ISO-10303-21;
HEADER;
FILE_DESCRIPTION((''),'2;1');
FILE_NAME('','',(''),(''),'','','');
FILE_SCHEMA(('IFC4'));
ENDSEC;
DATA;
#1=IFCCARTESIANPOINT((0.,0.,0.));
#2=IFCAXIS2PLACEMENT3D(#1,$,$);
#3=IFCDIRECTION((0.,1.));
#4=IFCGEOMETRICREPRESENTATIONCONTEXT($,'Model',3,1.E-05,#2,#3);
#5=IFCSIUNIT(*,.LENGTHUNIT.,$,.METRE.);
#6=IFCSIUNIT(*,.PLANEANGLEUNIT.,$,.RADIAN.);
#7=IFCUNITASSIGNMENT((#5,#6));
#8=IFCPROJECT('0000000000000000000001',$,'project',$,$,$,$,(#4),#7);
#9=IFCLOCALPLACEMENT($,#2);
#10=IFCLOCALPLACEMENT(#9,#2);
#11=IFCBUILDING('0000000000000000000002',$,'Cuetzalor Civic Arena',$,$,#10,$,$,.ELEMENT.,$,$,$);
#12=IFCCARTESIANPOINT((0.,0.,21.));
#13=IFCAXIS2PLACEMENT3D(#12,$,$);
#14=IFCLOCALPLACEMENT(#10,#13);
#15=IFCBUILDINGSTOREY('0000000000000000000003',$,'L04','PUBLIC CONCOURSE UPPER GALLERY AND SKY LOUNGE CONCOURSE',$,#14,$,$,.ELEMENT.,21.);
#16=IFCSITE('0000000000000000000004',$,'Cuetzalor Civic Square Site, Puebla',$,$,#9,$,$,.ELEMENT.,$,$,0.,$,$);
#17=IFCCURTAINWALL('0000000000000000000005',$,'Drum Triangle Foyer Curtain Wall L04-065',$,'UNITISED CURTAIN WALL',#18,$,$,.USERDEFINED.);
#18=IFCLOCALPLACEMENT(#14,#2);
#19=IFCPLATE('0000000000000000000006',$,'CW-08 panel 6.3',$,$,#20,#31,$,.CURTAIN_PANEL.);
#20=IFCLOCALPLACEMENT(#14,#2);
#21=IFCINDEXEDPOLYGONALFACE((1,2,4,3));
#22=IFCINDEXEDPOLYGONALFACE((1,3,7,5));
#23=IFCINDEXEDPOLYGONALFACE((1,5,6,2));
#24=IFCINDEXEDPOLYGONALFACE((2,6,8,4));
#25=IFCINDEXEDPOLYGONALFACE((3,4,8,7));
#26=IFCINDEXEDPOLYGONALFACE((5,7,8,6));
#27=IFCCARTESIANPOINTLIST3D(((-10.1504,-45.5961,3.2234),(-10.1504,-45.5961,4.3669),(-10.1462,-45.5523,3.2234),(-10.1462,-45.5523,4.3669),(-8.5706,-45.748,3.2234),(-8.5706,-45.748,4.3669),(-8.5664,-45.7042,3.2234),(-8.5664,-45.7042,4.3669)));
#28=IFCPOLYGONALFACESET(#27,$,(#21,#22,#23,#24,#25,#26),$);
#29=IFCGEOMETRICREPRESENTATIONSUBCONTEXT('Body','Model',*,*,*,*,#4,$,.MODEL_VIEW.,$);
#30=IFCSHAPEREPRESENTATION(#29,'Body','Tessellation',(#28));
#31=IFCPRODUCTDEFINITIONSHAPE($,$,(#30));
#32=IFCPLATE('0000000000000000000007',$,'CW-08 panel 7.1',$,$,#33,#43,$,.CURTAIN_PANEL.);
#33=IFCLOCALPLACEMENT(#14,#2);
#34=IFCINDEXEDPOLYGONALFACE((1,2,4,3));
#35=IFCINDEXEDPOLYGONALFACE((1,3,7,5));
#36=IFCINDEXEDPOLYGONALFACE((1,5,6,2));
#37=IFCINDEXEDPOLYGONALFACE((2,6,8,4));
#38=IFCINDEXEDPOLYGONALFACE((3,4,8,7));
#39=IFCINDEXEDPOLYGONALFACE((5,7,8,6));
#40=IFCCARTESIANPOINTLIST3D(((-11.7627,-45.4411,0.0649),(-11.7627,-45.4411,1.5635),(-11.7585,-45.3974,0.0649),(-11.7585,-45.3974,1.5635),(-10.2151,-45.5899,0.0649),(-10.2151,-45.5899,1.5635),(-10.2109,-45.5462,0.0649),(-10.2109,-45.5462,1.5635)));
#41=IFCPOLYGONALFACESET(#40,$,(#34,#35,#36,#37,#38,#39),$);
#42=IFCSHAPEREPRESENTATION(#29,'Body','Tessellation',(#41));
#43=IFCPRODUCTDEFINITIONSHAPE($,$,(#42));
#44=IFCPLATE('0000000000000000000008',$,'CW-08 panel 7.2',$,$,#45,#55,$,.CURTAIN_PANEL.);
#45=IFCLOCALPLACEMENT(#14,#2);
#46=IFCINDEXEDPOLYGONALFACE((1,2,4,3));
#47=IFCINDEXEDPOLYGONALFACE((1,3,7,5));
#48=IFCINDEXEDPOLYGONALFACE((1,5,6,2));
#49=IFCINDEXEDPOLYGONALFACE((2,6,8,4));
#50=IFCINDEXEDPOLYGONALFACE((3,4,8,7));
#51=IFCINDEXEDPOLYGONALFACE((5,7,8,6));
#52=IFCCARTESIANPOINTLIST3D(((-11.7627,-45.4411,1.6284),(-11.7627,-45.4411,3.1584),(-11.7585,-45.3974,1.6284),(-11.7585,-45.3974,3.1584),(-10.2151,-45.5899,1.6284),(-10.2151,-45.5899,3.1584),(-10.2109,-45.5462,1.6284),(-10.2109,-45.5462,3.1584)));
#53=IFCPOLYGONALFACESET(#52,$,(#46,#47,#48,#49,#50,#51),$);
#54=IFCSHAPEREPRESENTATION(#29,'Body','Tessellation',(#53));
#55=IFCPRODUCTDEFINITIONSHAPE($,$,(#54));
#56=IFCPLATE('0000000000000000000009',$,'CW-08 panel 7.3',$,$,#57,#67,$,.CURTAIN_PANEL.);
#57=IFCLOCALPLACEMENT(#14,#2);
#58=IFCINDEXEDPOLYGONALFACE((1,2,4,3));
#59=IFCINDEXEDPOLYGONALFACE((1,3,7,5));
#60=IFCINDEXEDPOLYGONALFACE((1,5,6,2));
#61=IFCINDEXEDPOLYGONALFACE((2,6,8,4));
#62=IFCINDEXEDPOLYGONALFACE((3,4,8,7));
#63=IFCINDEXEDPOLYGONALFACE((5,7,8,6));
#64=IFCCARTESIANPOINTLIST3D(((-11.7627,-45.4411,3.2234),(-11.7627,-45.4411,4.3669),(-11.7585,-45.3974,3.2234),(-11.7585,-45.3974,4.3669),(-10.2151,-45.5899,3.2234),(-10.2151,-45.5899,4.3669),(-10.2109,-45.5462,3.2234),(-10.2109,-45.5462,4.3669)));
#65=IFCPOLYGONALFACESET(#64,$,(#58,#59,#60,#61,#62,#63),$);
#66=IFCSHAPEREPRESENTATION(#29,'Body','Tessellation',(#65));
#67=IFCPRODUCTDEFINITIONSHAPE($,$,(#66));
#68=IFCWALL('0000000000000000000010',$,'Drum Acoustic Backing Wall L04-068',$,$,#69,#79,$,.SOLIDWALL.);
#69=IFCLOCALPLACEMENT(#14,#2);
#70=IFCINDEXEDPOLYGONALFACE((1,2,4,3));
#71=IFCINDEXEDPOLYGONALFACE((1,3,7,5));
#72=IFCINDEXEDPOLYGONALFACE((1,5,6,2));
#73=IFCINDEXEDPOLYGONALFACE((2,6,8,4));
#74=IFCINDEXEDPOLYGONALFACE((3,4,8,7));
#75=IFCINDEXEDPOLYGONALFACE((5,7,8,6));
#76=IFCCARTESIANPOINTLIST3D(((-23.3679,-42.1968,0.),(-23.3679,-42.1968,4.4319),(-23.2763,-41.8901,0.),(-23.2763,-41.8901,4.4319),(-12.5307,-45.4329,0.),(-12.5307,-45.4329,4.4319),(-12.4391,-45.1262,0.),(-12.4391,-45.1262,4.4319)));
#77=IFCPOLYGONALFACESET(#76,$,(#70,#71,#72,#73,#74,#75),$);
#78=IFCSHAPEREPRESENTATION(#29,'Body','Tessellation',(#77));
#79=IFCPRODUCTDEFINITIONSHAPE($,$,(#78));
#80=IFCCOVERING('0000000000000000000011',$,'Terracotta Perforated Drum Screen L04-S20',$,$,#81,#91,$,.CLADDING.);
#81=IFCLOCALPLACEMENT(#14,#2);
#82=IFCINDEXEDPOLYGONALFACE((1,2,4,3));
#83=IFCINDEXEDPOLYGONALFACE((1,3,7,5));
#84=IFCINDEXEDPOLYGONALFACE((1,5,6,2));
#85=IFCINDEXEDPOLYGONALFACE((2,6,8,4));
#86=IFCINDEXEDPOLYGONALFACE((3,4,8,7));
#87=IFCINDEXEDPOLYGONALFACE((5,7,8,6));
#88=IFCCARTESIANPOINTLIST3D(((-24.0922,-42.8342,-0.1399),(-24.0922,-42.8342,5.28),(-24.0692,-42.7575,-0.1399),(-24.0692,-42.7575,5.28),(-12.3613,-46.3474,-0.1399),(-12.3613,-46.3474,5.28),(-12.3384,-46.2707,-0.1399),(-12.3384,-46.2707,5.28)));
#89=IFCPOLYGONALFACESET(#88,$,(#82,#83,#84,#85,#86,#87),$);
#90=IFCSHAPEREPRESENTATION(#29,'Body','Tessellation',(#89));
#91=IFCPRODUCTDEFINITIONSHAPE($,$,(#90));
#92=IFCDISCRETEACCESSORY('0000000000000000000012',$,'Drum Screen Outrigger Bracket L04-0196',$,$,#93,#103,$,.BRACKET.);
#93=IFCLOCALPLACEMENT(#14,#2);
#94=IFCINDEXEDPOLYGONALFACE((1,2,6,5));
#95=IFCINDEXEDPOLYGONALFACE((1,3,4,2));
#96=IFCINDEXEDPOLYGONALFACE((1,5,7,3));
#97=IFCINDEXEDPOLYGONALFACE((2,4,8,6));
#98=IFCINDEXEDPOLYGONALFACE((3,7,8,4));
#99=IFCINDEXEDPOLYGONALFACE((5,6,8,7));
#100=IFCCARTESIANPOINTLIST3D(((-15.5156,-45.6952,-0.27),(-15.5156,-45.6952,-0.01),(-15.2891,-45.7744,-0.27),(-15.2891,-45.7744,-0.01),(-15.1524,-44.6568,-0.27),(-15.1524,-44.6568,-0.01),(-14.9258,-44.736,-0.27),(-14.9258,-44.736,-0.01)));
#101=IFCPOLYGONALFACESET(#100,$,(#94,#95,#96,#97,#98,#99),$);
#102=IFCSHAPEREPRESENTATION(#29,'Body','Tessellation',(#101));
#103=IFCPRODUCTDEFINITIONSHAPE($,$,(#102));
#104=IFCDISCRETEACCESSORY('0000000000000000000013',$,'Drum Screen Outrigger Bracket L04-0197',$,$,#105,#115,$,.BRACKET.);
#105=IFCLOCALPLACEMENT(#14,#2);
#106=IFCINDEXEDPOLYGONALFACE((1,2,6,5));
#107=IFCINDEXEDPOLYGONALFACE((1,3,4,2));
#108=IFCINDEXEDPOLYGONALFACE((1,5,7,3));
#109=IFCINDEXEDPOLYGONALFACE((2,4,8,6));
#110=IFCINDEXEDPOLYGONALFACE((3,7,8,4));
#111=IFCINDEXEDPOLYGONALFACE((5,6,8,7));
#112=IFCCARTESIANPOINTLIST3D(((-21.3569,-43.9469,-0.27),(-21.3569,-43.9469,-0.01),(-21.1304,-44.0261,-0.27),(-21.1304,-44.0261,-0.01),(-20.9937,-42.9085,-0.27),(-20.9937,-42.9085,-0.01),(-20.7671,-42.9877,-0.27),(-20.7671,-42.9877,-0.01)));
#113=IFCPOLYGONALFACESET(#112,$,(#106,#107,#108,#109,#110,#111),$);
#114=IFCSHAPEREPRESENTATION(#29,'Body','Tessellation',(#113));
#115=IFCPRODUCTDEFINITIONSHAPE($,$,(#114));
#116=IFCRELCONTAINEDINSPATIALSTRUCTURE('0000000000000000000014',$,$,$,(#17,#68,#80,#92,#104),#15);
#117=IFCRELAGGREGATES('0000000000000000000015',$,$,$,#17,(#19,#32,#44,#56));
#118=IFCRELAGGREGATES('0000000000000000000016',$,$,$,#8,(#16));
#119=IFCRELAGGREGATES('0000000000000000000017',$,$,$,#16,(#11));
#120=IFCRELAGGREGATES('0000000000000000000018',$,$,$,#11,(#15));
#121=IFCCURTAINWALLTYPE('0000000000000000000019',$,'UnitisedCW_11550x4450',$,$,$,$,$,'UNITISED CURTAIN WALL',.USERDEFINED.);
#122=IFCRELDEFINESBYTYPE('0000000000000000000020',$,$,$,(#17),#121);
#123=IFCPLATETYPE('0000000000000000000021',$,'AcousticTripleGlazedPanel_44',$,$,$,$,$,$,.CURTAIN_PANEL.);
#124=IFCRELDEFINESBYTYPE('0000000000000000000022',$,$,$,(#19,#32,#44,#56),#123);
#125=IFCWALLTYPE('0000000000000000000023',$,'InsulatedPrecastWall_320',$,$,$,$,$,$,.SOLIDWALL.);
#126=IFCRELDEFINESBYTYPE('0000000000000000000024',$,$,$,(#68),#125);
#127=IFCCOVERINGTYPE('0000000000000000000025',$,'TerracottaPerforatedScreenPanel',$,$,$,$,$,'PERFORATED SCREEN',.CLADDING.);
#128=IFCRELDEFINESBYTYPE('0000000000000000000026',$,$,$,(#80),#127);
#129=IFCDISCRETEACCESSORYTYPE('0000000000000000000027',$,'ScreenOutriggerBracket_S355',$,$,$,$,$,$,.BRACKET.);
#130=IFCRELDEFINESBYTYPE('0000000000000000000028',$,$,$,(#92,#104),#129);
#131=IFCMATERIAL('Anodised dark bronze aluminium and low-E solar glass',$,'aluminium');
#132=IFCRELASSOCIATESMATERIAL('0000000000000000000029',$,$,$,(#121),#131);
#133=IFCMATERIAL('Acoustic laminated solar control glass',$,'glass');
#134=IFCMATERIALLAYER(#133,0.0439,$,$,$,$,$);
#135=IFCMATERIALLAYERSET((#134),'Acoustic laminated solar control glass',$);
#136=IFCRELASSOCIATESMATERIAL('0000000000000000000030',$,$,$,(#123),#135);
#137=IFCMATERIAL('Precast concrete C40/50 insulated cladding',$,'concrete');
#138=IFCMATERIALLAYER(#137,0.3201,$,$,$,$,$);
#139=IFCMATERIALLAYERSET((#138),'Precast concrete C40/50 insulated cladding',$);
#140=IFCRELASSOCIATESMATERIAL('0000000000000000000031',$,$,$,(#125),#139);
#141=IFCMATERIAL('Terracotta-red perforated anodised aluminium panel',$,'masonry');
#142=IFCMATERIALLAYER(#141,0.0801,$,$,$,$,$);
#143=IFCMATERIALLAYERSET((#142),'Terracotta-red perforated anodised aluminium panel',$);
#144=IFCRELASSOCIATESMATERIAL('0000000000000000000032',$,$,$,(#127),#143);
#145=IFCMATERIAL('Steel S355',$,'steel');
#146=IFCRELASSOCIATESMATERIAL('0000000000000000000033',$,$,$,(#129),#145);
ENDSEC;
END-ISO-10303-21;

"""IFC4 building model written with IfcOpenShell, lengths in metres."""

from ifc_helpers import new_model, si_unit, direction, frame, frame_2d, origin, origin_2d, place, context, subcontext, project, spatial, rectangle, extrude, material, layer, layer_set, type_object, element, aggregate, save


model = new_model("IFC4")

# Units and contexts
model_context = context("Model", 3, precision=1e-05, world=origin(), true_north=direction((0.0, 1.0)))
body_context = subcontext(model_context, "Body", "Model", "MODEL_VIEW")
ifc_project = project(units=[si_unit("LENGTHUNIT", "METRE"), si_unit("PLANEANGLEUNIT", "RADIAN")], contexts=[model_context])

# Site, building, storey
site_placement = place(None, origin())
site = spatial("IfcSite", under=ifc_project, at=site_placement, Name="Cuetzalor Civic Square Site, Puebla", CompositionType="ELEMENT", RefElevation=0.0)
building_placement = place(site_placement, origin())
building = spatial("IfcBuilding", under=site, at=building_placement, Name="Cuetzalor Civic Arena", CompositionType="ELEMENT")
storey_placement = place(building_placement, frame((0.0, 0.0, 21.0)))
storey = spatial("IfcBuildingStorey", under=building, at=storey_placement, Name="L04", Description="PUBLIC CONCOURSE UPPER GALLERY AND SKY LOUNGE CONCOURSE", CompositionType="ELEMENT", Elevation=21.0)

# Curtain wall
ifc_material_1 = material(Name="Anodised dark bronze aluminium and low-E solar glass", Category="aluminium")
curtain_wall_type = type_object("IfcCurtainWallType", Name="UnitisedCW_11550x4450", ElementType="UNITISED CURTAIN WALL", PredefinedType="USERDEFINED", material=ifc_material_1)
curtain_wall_placement = place(storey_placement, origin())
curtain_wall = element("IfcCurtainWall", 1, at=curtain_wall_placement, inside=storey, type_object=curtain_wall_type, Name="Drum Triangle Foyer Curtain Wall L04-065", ObjectType="UNITISED CURTAIN WALL", PredefinedType="USERDEFINED")

# Plates
ifc_material_2 = material(Name="Acoustic laminated solar control glass", Category="glass")
ifc_layer_1 = layer(ifc_material_2, 0.0439)
ifc_layer_set_1 = layer_set([ifc_layer_1], Name="Acoustic laminated solar control glass")
plate_type = type_object("IfcPlateType", Name="AcousticTripleGlazedPanel_44", PredefinedType="CURTAIN_PANEL", material=ifc_layer_set_1)
plate_1_placement = place(storey_placement, frame((-9.3584, -45.6501, 3.2234), z_axis=(0.0, 0.0, 1.0), x_axis=(-0.995409, 0.095711, 0.0)))
plate_1 = element("IfcPlate", 2, at=plate_1_placement, type_object=plate_type, Name="CW-08 panel 6.3", PredefinedType="CURTAIN_PANEL", context=body_context, shape_type="SweptSolid", body=[
    extrude(rectangle(XDim=1.5872, YDim=0.0439, at=origin_2d()), origin(), (0.0, 0.0, 1.0), 1.1436),
])
plate_2_placement = place(storey_placement, frame((-10.9868, -45.4937, 0.0649), z_axis=(0.0, 0.0, 1.0), x_axis=(-0.995409, 0.095711, 0.0)))
plate_2 = element("IfcPlate", 3, at=plate_2_placement, type_object=plate_type, Name="CW-08 panel 7.1", PredefinedType="CURTAIN_PANEL", context=body_context, shape_type="SweptSolid", body=[
    extrude(rectangle(XDim=1.5547, YDim=0.0439, at=origin_2d()), origin(), (0.0, 0.0, 1.0), 1.4985),
])
plate_3_placement = place(storey_placement, frame((-10.9868, -45.4937, 1.6284), z_axis=(0.0, 0.0, 1.0), x_axis=(-0.995409, 0.095711, 0.0)))
plate_3 = element("IfcPlate", 4, at=plate_3_placement, type_object=plate_type, Name="CW-08 panel 7.2", PredefinedType="CURTAIN_PANEL", context=body_context, shape_type="SweptSolid", body=[
    extrude(rectangle(XDim=1.5547, YDim=0.0439, at=origin_2d()), origin(), (0.0, 0.0, 1.0), 1.53),
])
plate_4_placement = place(storey_placement, frame((-10.9868, -45.4937, 3.2234), z_axis=(0.0, 0.0, 1.0), x_axis=(-0.995409, 0.095711, 0.0)))
plate_4 = element("IfcPlate", 5, at=plate_4_placement, type_object=plate_type, Name="CW-08 panel 7.3", PredefinedType="CURTAIN_PANEL", context=body_context, shape_type="SweptSolid", body=[
    extrude(rectangle(XDim=1.5547, YDim=0.0439, at=origin_2d()), origin(), (0.0, 0.0, 1.0), 1.1436),
])
aggregate(curtain_wall, [plate_1, plate_2, plate_3, plate_4])

# Wall
ifc_material_3 = material(Name="Precast concrete C40/50 insulated cladding", Category="concrete")
ifc_layer_2 = layer(ifc_material_3, 0.3201)
ifc_layer_set_2 = layer_set([ifc_layer_2], Name="Precast concrete C40/50 insulated cladding")
wall_type = type_object("IfcWallType", Name="InsulatedPrecastWall_320", PredefinedType="SOLIDWALL", material=ifc_layer_set_2)
wall_placement = place(storey_placement, frame((-12.4849, -45.2795, 0.0), z_axis=(0.0, 0.0, 1.0), x_axis=(-0.958192, 0.286126, 0.0)))
element("IfcWall", 6, at=wall_placement, inside=storey, type_object=wall_type, Name="Drum Acoustic Backing Wall L04-068", PredefinedType="SOLIDWALL", context=body_context, shape_type="SweptSolid", body=[
    extrude(rectangle(XDim=11.3101, YDim=0.3201, at=frame_2d((5.655, 0.0))), origin(), (0.0, 0.0, 1.0), 4.4319),
])

# Covering
ifc_material_4 = material(Name="Terracotta-red perforated anodised aluminium panel", Category="masonry")
ifc_layer_3 = layer(ifc_material_4, 0.0801)
ifc_layer_set_3 = layer_set([ifc_layer_3], Name="Terracotta-red perforated anodised aluminium panel")
covering_type = type_object("IfcCoveringType", Name="TerracottaPerforatedScreenPanel", ElementType="PERFORATED SCREEN", PredefinedType="CLADDING", material=ifc_layer_set_3)
covering_placement = place(storey_placement, frame((-12.3499, -46.3091, -0.1399), z_axis=(0.0, 0.0, 1.0), x_axis=(-0.957962, 0.286896, 0.0)))
element("IfcCovering", 7, at=covering_placement, inside=storey, type_object=covering_type, Name="Terracotta Perforated Drum Screen L04-S20", PredefinedType="CLADDING", context=body_context, shape_type="SweptSolid", body=[
    extrude(rectangle(XDim=12.2456, YDim=0.0801, at=frame_2d((6.1228, 0.0))), origin(), (0.0, 0.0, 1.0), 5.4199),
])

# Discrete accessories
ifc_material_5 = material(Name="Steel S355", Category="steel")
discrete_accessory_type = type_object("IfcDiscreteAccessoryType", Name="ScreenOutriggerBracket_S355", PredefinedType="BRACKET", material=ifc_material_5)
for number, where, z_axis, x_axis, name in (
    (8, (-15.2207, -45.2156, -0.27), (0.0, 0.0, 1.0), (-0.330185, -0.943916, 0.0), "Drum Screen Outrigger Bracket L04-0196"),
    (9, (-21.062, -43.4673, -0.27), (0.0, 0.0, 1.0), (-0.330185, -0.943916, 0.0), "Drum Screen Outrigger Bracket L04-0197"),
):
    element("IfcDiscreteAccessory", number, at=place(storey_placement, frame(where, z_axis=z_axis, x_axis=x_axis)), inside=storey, type_object=discrete_accessory_type, Name=name, PredefinedType="BRACKET", context=body_context, shape_type="SweptSolid", body=[
        extrude(rectangle(XDim=1.1001, YDim=0.24, at=origin_2d()), origin(), (0.0, 0.0, 1.0), 0.26),
    ])

save(model, "model.ifc")
